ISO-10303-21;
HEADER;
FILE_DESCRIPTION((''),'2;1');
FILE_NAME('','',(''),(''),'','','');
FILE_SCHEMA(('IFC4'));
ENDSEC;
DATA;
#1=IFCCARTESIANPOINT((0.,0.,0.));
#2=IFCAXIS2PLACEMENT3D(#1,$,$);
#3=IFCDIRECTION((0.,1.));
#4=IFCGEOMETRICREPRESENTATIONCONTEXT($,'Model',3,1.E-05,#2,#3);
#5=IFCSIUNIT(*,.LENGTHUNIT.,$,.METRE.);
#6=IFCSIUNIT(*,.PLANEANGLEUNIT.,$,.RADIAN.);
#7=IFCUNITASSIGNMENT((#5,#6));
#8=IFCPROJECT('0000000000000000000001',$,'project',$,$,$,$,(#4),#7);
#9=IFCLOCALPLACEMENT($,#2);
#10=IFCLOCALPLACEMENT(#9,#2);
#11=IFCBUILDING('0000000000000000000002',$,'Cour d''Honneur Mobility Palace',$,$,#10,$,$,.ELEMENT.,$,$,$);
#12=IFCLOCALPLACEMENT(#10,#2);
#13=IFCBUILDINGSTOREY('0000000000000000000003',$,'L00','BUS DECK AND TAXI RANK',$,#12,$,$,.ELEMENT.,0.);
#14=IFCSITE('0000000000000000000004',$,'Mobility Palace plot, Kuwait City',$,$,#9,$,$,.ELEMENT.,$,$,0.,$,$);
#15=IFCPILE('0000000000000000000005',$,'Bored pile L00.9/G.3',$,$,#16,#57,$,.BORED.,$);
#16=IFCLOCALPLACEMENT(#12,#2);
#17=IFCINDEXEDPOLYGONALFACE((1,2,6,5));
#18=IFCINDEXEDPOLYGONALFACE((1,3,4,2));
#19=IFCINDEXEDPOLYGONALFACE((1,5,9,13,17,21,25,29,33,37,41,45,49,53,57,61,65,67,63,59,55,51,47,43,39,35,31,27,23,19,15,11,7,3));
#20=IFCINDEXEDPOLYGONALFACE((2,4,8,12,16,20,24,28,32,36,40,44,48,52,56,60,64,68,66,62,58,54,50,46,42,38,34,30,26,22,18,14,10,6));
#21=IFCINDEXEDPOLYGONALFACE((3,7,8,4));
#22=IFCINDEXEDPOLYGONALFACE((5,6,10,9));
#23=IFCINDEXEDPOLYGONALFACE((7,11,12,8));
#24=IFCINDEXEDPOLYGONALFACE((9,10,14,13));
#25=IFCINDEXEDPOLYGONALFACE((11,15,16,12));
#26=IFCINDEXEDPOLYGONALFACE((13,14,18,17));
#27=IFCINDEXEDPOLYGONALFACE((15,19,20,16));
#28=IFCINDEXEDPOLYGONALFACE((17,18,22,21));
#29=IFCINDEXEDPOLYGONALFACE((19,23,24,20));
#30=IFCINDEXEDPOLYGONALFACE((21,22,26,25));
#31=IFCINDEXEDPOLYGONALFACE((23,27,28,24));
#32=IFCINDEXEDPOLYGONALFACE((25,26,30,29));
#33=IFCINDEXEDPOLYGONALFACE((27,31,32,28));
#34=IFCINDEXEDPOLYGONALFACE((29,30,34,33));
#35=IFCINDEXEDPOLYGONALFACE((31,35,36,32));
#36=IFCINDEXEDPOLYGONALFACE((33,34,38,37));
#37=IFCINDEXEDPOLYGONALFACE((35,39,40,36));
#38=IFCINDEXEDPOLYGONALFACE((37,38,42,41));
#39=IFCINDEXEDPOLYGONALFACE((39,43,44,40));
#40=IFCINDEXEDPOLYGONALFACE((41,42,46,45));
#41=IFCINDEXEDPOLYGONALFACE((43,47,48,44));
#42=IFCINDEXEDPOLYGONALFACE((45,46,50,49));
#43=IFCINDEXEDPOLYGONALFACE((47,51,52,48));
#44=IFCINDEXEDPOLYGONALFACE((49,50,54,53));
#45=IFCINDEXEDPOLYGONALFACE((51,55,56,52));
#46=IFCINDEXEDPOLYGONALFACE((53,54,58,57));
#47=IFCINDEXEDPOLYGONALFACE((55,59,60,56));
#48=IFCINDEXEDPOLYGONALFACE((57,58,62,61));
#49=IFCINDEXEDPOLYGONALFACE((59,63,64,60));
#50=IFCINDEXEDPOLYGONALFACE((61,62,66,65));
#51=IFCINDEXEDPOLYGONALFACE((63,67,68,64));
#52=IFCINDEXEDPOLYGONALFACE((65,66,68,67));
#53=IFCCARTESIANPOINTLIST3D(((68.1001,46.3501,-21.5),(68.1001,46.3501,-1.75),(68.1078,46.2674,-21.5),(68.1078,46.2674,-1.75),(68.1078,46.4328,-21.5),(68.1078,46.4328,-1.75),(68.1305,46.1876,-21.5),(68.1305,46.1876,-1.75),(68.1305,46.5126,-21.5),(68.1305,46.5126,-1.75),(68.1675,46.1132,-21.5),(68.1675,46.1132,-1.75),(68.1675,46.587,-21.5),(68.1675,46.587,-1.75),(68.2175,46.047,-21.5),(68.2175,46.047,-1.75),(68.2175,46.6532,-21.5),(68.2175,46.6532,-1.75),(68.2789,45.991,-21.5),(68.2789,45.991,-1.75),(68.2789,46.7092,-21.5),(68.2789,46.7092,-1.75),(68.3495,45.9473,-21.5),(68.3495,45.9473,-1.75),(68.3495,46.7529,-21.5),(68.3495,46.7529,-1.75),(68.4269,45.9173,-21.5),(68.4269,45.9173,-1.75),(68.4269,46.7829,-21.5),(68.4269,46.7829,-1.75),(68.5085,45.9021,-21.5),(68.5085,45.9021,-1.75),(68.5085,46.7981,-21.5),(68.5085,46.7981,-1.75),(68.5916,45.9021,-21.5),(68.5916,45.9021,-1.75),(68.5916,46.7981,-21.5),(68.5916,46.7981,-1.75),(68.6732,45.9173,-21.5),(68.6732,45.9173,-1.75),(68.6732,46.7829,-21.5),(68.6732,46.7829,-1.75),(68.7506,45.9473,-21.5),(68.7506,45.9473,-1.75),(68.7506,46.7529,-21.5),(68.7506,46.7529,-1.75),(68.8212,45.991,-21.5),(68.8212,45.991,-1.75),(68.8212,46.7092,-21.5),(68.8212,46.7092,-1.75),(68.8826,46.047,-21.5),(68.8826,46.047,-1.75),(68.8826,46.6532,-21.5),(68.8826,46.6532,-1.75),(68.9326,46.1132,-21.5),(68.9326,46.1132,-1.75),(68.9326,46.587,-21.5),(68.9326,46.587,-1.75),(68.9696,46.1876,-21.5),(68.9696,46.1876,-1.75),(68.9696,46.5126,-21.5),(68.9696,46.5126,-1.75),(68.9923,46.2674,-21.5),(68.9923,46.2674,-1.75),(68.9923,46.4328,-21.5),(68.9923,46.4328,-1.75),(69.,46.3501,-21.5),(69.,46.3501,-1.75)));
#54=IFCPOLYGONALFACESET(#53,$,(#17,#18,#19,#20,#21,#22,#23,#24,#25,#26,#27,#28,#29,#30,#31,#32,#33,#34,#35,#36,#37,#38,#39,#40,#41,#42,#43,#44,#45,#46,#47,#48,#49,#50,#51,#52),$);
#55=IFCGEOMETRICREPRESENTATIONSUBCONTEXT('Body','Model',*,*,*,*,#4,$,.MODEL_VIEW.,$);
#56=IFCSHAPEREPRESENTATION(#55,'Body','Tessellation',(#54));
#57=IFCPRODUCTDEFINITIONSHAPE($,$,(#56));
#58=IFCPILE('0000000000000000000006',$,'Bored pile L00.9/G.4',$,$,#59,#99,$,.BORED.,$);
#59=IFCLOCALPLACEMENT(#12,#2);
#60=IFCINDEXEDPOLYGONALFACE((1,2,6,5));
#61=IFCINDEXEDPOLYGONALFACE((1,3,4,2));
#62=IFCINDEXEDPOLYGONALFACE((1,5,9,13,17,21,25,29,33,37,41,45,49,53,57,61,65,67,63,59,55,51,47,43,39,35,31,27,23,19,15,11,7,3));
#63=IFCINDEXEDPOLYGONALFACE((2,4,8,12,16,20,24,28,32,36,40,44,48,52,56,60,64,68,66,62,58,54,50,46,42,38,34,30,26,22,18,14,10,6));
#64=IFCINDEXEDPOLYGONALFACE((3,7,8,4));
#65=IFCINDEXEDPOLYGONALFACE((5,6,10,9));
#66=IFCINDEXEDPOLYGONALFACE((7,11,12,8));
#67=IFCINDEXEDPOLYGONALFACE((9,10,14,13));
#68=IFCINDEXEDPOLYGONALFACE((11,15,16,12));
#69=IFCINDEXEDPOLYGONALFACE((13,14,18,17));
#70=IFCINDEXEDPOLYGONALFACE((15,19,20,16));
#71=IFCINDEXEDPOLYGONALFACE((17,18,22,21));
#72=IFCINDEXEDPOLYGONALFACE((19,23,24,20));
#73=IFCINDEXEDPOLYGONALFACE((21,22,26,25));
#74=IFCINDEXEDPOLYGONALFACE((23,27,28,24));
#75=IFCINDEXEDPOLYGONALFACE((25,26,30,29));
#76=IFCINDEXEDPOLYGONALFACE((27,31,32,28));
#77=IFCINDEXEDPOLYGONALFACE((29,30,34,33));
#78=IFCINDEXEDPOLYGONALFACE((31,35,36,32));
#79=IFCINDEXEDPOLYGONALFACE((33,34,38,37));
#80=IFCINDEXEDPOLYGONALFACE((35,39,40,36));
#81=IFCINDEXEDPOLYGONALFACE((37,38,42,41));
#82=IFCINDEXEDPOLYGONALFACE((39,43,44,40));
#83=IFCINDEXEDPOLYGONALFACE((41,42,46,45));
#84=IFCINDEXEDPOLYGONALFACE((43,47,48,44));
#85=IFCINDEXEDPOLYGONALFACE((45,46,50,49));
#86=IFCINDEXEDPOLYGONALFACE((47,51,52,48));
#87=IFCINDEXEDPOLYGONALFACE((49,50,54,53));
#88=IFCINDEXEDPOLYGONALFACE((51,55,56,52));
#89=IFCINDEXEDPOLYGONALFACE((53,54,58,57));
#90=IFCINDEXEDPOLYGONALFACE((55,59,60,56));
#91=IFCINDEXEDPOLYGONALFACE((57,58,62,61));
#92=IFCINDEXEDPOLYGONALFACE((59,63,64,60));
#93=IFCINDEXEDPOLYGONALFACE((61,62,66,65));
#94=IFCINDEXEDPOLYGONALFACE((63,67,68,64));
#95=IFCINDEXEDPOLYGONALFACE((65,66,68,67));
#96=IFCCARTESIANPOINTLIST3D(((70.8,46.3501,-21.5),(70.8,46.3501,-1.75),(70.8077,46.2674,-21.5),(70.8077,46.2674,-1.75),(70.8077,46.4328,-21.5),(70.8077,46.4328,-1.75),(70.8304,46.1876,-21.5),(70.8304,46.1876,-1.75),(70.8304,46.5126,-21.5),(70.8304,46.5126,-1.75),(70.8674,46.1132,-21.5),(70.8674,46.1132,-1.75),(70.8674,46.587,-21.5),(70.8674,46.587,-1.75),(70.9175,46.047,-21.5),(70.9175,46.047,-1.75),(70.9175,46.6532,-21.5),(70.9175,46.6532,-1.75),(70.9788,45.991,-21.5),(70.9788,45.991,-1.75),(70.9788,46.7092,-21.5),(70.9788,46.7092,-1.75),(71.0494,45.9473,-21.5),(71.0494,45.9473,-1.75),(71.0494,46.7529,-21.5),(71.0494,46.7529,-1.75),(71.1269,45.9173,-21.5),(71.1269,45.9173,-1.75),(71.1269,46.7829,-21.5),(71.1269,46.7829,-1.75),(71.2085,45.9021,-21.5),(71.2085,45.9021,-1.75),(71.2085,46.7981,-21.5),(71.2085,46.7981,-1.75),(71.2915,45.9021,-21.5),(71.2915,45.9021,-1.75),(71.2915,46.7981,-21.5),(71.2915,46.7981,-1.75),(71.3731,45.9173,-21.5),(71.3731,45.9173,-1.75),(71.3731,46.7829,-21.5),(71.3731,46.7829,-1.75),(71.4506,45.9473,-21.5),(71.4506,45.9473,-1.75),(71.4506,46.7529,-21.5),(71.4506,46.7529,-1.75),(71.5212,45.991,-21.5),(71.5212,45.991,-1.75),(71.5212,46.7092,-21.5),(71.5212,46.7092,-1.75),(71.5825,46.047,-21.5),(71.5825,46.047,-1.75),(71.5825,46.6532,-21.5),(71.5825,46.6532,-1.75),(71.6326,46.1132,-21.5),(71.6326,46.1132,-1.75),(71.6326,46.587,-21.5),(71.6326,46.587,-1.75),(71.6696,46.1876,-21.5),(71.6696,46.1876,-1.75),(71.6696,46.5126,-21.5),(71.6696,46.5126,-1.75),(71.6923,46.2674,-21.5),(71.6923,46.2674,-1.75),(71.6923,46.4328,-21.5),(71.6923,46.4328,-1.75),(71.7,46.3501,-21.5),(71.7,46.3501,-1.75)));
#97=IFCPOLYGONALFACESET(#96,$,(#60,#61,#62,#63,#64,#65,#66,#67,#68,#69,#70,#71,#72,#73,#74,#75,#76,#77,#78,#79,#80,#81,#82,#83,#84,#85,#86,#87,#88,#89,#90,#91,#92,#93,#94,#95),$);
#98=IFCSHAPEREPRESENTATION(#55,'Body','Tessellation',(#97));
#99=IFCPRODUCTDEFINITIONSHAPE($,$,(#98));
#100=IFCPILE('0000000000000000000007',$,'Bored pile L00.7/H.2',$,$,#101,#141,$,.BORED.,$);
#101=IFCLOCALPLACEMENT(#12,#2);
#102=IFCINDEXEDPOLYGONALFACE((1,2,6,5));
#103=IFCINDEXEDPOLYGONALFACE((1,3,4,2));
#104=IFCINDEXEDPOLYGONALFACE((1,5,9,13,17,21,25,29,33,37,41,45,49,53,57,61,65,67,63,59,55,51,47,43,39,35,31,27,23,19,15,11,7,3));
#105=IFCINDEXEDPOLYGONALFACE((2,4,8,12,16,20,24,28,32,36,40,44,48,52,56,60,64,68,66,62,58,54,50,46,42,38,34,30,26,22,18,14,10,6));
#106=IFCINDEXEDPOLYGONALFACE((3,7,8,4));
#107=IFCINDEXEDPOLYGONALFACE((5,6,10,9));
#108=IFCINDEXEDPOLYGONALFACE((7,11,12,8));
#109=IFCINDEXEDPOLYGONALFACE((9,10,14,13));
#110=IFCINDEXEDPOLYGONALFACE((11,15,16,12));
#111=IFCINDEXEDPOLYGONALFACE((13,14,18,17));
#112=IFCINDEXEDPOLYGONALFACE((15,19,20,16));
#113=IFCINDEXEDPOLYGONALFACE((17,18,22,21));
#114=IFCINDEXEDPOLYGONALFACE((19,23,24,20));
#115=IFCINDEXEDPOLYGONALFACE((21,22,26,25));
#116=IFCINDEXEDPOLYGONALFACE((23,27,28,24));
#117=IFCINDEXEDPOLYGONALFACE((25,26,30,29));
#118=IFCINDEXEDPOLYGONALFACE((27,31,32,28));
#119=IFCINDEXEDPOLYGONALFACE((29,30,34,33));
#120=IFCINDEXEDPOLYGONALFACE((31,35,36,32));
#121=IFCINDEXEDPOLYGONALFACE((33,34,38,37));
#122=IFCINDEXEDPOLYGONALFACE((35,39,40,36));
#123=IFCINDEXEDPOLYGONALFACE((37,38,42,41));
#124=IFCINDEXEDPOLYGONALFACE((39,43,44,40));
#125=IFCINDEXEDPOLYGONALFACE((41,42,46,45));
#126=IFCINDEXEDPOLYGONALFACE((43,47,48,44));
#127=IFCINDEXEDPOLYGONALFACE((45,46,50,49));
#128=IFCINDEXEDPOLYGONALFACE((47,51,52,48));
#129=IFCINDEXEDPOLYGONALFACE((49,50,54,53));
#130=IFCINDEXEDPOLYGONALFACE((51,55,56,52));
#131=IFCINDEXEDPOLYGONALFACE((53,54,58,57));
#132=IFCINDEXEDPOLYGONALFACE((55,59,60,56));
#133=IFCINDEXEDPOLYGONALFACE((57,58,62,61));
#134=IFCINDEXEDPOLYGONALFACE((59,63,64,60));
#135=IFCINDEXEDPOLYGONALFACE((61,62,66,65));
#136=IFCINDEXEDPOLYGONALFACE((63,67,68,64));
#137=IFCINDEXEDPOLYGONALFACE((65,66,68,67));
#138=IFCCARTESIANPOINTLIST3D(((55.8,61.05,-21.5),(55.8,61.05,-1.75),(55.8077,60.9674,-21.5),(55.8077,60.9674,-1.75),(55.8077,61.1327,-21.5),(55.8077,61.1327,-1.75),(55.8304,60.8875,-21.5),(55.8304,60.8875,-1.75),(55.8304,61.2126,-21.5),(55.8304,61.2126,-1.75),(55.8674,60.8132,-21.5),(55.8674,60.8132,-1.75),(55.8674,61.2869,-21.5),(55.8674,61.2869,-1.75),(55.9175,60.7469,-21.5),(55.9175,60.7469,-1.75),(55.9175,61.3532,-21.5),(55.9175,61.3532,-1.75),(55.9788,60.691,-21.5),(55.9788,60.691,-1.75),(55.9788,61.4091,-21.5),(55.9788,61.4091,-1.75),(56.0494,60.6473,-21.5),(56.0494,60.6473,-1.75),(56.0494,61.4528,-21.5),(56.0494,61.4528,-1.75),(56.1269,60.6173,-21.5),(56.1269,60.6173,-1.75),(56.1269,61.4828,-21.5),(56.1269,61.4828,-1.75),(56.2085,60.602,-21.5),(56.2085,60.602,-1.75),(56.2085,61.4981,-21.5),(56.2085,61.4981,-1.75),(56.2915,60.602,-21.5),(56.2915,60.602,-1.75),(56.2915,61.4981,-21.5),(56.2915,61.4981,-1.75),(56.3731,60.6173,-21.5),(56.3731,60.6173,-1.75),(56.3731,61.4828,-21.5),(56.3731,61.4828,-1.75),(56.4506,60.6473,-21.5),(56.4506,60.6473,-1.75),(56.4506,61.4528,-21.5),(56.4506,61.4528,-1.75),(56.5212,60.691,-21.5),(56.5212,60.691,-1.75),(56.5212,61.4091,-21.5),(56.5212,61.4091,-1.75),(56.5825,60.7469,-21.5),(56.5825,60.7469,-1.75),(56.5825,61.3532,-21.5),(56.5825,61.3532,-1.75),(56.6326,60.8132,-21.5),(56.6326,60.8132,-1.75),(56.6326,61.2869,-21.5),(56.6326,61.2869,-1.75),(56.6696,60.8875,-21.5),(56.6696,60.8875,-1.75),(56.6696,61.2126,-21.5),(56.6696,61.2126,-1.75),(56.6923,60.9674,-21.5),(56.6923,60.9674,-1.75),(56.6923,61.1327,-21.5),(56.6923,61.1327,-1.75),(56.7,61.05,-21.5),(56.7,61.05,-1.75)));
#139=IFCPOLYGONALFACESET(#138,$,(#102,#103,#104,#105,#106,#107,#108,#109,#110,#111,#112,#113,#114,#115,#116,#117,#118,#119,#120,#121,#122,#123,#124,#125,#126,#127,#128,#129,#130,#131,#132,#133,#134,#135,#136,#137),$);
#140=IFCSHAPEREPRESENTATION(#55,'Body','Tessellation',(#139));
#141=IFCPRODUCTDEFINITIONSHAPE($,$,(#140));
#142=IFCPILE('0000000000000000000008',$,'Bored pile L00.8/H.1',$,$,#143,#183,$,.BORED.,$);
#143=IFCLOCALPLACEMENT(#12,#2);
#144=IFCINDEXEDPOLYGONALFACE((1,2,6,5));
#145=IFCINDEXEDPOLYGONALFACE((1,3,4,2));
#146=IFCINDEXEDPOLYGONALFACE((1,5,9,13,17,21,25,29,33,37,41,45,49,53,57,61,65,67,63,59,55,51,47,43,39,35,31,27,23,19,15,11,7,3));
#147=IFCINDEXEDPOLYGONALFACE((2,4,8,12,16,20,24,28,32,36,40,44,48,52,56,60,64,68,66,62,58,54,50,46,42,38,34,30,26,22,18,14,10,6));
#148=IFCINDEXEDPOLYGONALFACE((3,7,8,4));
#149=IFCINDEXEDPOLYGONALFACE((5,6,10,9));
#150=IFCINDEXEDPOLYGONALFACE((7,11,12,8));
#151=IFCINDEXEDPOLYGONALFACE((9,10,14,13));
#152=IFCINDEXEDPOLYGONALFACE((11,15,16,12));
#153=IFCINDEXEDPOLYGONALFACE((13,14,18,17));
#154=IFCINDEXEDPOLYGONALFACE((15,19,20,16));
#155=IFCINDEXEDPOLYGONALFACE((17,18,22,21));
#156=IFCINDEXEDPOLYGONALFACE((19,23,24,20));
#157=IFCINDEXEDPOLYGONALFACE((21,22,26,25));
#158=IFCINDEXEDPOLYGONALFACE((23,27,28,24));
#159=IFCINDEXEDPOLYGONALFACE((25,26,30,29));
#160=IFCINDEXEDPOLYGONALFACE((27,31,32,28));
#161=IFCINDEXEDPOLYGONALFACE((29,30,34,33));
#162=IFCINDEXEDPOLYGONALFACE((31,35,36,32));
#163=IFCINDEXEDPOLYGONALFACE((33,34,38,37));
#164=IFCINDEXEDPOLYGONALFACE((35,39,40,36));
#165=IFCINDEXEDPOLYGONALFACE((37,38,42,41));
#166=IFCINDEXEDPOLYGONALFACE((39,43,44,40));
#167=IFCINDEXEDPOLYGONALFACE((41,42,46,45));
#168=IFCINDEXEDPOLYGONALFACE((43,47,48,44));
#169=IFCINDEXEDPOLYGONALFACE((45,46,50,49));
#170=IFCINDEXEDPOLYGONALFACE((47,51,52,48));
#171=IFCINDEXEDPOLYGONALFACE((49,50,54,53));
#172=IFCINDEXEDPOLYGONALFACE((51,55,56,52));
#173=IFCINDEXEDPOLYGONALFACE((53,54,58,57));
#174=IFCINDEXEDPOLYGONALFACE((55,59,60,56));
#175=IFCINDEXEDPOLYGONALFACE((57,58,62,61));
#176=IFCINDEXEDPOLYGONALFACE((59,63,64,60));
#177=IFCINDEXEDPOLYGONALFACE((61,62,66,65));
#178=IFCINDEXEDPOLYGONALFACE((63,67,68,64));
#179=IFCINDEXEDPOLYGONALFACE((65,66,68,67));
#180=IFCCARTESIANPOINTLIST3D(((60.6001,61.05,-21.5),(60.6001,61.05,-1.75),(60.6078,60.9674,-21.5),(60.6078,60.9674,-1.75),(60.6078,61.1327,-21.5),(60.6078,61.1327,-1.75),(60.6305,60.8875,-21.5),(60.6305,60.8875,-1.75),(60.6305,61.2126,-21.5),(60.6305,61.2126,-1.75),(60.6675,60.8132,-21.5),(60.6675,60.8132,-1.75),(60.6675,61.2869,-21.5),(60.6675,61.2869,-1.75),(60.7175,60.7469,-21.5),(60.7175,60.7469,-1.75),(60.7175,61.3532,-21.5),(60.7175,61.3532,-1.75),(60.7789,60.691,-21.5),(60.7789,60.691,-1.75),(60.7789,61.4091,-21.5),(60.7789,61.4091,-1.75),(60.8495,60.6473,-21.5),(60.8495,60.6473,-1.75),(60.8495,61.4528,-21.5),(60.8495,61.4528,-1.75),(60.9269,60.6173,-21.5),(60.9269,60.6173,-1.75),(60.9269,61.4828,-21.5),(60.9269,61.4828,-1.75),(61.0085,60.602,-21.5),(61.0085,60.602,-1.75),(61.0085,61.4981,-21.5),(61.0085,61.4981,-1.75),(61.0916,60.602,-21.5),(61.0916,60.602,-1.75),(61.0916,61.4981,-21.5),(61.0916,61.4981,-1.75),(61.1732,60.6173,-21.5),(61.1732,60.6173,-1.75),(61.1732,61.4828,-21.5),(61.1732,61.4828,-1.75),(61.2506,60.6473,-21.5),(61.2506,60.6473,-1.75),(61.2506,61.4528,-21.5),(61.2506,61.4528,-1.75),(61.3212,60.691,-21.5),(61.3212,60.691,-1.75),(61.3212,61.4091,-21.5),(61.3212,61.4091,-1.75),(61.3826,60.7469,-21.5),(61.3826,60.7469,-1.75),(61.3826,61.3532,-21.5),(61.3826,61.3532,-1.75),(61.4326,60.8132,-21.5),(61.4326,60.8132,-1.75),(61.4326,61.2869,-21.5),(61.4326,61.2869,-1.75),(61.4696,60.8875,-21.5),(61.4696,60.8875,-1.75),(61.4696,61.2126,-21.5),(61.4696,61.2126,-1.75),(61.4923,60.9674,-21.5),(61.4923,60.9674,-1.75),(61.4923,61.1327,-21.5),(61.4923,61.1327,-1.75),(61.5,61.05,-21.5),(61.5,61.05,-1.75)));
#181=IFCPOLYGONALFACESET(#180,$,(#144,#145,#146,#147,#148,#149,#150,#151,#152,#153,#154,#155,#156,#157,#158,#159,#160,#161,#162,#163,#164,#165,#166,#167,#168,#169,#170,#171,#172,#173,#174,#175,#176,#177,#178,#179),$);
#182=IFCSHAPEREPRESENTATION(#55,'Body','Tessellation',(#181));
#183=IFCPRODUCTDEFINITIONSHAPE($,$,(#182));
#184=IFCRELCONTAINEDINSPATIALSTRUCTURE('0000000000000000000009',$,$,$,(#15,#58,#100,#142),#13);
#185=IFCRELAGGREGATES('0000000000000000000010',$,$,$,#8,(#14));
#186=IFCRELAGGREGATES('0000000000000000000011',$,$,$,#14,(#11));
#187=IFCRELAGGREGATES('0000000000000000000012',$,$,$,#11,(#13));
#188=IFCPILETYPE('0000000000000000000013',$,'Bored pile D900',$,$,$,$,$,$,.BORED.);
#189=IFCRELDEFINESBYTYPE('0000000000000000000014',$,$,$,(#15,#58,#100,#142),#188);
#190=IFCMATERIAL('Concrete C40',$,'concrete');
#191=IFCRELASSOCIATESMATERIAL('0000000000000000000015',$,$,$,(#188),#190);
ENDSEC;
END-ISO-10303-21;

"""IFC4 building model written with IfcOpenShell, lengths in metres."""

from ifc_helpers import new_model, si_unit, direction, frame, origin, origin_2d, place, context, subcontext, project, spatial, circle, extrude, material, material_profile, profile_set, type_object, element, save


model = new_model("IFC4")

# Units and contexts
model_context = context("Model", 3, precision=1e-05, world=origin(), true_north=direction((0.0, 1.0)))
body_context = subcontext(model_context, "Body", "Model", "MODEL_VIEW")
ifc_project = project(units=[si_unit("LENGTHUNIT", "METRE"), si_unit("PLANEANGLEUNIT", "RADIAN")], contexts=[model_context])

# Site, building, storey
site_placement = place(None, origin())
site = spatial("IfcSite", under=ifc_project, at=site_placement, Name="Mobility Palace plot, Kuwait City", CompositionType="ELEMENT", RefElevation=0.0)
building_placement = place(site_placement, origin())
building = spatial("IfcBuilding", under=site, at=building_placement, Name="Cour d'Honneur Mobility Palace", CompositionType="ELEMENT")
storey_placement = place(building_placement, origin())
storey = spatial("IfcBuildingStorey", under=building, at=storey_placement, Name="L00", Description="BUS DECK AND TAXI RANK", CompositionType="ELEMENT", Elevation=0.0)

# Piles
ifc_material_1 = material(Name="Concrete C40", Category="concrete")
ifc_material_profile_1 = material_profile(ifc_material_1, circle(Radius=0.45, at=origin_2d()), Name="Bored pile D900")
ifc_profile_set_1 = profile_set([ifc_material_profile_1], Name="Concrete C40")
pile_type_1 = type_object("IfcPileType", Name="Bored pile D900", PredefinedType="BORED", material=ifc_profile_set_1)
for number, where, z_axis, x_axis, name in (
    (1, (68.55, 46.3501, -1.75), (0.0, 0.0, -1.0), (1.0, 0.0, 0.0), "Bored pile L00.9/G.3"),
    (2, (71.25, 46.3501, -1.75), (0.0, 0.0, -1.0), (1.0, 0.0, 0.0), "Bored pile L00.9/G.4"),
    (3, (56.25, 61.05, -1.75), (0.0, 0.0, -1.0), (1.0, 0.0, 0.0), "Bored pile L00.7/H.2"),
    (4, (61.05, 61.05, -1.75), (0.0, 0.0, -1.0), (1.0, 0.0, 0.0), "Bored pile L00.8/H.1"),
):
    element("IfcPile", number, at=place(storey_placement, frame(where, z_axis=z_axis, x_axis=x_axis)), inside=storey, type_object=pile_type_1, Name=name, PredefinedType="BORED", context=body_context, shape_type="SweptSolid", body=[
        extrude(circle(Radius=0.45, at=origin_2d()), origin(), (0.0, 0.0, 1.0), 19.75),
    ])

save(model, "model.ifc")
